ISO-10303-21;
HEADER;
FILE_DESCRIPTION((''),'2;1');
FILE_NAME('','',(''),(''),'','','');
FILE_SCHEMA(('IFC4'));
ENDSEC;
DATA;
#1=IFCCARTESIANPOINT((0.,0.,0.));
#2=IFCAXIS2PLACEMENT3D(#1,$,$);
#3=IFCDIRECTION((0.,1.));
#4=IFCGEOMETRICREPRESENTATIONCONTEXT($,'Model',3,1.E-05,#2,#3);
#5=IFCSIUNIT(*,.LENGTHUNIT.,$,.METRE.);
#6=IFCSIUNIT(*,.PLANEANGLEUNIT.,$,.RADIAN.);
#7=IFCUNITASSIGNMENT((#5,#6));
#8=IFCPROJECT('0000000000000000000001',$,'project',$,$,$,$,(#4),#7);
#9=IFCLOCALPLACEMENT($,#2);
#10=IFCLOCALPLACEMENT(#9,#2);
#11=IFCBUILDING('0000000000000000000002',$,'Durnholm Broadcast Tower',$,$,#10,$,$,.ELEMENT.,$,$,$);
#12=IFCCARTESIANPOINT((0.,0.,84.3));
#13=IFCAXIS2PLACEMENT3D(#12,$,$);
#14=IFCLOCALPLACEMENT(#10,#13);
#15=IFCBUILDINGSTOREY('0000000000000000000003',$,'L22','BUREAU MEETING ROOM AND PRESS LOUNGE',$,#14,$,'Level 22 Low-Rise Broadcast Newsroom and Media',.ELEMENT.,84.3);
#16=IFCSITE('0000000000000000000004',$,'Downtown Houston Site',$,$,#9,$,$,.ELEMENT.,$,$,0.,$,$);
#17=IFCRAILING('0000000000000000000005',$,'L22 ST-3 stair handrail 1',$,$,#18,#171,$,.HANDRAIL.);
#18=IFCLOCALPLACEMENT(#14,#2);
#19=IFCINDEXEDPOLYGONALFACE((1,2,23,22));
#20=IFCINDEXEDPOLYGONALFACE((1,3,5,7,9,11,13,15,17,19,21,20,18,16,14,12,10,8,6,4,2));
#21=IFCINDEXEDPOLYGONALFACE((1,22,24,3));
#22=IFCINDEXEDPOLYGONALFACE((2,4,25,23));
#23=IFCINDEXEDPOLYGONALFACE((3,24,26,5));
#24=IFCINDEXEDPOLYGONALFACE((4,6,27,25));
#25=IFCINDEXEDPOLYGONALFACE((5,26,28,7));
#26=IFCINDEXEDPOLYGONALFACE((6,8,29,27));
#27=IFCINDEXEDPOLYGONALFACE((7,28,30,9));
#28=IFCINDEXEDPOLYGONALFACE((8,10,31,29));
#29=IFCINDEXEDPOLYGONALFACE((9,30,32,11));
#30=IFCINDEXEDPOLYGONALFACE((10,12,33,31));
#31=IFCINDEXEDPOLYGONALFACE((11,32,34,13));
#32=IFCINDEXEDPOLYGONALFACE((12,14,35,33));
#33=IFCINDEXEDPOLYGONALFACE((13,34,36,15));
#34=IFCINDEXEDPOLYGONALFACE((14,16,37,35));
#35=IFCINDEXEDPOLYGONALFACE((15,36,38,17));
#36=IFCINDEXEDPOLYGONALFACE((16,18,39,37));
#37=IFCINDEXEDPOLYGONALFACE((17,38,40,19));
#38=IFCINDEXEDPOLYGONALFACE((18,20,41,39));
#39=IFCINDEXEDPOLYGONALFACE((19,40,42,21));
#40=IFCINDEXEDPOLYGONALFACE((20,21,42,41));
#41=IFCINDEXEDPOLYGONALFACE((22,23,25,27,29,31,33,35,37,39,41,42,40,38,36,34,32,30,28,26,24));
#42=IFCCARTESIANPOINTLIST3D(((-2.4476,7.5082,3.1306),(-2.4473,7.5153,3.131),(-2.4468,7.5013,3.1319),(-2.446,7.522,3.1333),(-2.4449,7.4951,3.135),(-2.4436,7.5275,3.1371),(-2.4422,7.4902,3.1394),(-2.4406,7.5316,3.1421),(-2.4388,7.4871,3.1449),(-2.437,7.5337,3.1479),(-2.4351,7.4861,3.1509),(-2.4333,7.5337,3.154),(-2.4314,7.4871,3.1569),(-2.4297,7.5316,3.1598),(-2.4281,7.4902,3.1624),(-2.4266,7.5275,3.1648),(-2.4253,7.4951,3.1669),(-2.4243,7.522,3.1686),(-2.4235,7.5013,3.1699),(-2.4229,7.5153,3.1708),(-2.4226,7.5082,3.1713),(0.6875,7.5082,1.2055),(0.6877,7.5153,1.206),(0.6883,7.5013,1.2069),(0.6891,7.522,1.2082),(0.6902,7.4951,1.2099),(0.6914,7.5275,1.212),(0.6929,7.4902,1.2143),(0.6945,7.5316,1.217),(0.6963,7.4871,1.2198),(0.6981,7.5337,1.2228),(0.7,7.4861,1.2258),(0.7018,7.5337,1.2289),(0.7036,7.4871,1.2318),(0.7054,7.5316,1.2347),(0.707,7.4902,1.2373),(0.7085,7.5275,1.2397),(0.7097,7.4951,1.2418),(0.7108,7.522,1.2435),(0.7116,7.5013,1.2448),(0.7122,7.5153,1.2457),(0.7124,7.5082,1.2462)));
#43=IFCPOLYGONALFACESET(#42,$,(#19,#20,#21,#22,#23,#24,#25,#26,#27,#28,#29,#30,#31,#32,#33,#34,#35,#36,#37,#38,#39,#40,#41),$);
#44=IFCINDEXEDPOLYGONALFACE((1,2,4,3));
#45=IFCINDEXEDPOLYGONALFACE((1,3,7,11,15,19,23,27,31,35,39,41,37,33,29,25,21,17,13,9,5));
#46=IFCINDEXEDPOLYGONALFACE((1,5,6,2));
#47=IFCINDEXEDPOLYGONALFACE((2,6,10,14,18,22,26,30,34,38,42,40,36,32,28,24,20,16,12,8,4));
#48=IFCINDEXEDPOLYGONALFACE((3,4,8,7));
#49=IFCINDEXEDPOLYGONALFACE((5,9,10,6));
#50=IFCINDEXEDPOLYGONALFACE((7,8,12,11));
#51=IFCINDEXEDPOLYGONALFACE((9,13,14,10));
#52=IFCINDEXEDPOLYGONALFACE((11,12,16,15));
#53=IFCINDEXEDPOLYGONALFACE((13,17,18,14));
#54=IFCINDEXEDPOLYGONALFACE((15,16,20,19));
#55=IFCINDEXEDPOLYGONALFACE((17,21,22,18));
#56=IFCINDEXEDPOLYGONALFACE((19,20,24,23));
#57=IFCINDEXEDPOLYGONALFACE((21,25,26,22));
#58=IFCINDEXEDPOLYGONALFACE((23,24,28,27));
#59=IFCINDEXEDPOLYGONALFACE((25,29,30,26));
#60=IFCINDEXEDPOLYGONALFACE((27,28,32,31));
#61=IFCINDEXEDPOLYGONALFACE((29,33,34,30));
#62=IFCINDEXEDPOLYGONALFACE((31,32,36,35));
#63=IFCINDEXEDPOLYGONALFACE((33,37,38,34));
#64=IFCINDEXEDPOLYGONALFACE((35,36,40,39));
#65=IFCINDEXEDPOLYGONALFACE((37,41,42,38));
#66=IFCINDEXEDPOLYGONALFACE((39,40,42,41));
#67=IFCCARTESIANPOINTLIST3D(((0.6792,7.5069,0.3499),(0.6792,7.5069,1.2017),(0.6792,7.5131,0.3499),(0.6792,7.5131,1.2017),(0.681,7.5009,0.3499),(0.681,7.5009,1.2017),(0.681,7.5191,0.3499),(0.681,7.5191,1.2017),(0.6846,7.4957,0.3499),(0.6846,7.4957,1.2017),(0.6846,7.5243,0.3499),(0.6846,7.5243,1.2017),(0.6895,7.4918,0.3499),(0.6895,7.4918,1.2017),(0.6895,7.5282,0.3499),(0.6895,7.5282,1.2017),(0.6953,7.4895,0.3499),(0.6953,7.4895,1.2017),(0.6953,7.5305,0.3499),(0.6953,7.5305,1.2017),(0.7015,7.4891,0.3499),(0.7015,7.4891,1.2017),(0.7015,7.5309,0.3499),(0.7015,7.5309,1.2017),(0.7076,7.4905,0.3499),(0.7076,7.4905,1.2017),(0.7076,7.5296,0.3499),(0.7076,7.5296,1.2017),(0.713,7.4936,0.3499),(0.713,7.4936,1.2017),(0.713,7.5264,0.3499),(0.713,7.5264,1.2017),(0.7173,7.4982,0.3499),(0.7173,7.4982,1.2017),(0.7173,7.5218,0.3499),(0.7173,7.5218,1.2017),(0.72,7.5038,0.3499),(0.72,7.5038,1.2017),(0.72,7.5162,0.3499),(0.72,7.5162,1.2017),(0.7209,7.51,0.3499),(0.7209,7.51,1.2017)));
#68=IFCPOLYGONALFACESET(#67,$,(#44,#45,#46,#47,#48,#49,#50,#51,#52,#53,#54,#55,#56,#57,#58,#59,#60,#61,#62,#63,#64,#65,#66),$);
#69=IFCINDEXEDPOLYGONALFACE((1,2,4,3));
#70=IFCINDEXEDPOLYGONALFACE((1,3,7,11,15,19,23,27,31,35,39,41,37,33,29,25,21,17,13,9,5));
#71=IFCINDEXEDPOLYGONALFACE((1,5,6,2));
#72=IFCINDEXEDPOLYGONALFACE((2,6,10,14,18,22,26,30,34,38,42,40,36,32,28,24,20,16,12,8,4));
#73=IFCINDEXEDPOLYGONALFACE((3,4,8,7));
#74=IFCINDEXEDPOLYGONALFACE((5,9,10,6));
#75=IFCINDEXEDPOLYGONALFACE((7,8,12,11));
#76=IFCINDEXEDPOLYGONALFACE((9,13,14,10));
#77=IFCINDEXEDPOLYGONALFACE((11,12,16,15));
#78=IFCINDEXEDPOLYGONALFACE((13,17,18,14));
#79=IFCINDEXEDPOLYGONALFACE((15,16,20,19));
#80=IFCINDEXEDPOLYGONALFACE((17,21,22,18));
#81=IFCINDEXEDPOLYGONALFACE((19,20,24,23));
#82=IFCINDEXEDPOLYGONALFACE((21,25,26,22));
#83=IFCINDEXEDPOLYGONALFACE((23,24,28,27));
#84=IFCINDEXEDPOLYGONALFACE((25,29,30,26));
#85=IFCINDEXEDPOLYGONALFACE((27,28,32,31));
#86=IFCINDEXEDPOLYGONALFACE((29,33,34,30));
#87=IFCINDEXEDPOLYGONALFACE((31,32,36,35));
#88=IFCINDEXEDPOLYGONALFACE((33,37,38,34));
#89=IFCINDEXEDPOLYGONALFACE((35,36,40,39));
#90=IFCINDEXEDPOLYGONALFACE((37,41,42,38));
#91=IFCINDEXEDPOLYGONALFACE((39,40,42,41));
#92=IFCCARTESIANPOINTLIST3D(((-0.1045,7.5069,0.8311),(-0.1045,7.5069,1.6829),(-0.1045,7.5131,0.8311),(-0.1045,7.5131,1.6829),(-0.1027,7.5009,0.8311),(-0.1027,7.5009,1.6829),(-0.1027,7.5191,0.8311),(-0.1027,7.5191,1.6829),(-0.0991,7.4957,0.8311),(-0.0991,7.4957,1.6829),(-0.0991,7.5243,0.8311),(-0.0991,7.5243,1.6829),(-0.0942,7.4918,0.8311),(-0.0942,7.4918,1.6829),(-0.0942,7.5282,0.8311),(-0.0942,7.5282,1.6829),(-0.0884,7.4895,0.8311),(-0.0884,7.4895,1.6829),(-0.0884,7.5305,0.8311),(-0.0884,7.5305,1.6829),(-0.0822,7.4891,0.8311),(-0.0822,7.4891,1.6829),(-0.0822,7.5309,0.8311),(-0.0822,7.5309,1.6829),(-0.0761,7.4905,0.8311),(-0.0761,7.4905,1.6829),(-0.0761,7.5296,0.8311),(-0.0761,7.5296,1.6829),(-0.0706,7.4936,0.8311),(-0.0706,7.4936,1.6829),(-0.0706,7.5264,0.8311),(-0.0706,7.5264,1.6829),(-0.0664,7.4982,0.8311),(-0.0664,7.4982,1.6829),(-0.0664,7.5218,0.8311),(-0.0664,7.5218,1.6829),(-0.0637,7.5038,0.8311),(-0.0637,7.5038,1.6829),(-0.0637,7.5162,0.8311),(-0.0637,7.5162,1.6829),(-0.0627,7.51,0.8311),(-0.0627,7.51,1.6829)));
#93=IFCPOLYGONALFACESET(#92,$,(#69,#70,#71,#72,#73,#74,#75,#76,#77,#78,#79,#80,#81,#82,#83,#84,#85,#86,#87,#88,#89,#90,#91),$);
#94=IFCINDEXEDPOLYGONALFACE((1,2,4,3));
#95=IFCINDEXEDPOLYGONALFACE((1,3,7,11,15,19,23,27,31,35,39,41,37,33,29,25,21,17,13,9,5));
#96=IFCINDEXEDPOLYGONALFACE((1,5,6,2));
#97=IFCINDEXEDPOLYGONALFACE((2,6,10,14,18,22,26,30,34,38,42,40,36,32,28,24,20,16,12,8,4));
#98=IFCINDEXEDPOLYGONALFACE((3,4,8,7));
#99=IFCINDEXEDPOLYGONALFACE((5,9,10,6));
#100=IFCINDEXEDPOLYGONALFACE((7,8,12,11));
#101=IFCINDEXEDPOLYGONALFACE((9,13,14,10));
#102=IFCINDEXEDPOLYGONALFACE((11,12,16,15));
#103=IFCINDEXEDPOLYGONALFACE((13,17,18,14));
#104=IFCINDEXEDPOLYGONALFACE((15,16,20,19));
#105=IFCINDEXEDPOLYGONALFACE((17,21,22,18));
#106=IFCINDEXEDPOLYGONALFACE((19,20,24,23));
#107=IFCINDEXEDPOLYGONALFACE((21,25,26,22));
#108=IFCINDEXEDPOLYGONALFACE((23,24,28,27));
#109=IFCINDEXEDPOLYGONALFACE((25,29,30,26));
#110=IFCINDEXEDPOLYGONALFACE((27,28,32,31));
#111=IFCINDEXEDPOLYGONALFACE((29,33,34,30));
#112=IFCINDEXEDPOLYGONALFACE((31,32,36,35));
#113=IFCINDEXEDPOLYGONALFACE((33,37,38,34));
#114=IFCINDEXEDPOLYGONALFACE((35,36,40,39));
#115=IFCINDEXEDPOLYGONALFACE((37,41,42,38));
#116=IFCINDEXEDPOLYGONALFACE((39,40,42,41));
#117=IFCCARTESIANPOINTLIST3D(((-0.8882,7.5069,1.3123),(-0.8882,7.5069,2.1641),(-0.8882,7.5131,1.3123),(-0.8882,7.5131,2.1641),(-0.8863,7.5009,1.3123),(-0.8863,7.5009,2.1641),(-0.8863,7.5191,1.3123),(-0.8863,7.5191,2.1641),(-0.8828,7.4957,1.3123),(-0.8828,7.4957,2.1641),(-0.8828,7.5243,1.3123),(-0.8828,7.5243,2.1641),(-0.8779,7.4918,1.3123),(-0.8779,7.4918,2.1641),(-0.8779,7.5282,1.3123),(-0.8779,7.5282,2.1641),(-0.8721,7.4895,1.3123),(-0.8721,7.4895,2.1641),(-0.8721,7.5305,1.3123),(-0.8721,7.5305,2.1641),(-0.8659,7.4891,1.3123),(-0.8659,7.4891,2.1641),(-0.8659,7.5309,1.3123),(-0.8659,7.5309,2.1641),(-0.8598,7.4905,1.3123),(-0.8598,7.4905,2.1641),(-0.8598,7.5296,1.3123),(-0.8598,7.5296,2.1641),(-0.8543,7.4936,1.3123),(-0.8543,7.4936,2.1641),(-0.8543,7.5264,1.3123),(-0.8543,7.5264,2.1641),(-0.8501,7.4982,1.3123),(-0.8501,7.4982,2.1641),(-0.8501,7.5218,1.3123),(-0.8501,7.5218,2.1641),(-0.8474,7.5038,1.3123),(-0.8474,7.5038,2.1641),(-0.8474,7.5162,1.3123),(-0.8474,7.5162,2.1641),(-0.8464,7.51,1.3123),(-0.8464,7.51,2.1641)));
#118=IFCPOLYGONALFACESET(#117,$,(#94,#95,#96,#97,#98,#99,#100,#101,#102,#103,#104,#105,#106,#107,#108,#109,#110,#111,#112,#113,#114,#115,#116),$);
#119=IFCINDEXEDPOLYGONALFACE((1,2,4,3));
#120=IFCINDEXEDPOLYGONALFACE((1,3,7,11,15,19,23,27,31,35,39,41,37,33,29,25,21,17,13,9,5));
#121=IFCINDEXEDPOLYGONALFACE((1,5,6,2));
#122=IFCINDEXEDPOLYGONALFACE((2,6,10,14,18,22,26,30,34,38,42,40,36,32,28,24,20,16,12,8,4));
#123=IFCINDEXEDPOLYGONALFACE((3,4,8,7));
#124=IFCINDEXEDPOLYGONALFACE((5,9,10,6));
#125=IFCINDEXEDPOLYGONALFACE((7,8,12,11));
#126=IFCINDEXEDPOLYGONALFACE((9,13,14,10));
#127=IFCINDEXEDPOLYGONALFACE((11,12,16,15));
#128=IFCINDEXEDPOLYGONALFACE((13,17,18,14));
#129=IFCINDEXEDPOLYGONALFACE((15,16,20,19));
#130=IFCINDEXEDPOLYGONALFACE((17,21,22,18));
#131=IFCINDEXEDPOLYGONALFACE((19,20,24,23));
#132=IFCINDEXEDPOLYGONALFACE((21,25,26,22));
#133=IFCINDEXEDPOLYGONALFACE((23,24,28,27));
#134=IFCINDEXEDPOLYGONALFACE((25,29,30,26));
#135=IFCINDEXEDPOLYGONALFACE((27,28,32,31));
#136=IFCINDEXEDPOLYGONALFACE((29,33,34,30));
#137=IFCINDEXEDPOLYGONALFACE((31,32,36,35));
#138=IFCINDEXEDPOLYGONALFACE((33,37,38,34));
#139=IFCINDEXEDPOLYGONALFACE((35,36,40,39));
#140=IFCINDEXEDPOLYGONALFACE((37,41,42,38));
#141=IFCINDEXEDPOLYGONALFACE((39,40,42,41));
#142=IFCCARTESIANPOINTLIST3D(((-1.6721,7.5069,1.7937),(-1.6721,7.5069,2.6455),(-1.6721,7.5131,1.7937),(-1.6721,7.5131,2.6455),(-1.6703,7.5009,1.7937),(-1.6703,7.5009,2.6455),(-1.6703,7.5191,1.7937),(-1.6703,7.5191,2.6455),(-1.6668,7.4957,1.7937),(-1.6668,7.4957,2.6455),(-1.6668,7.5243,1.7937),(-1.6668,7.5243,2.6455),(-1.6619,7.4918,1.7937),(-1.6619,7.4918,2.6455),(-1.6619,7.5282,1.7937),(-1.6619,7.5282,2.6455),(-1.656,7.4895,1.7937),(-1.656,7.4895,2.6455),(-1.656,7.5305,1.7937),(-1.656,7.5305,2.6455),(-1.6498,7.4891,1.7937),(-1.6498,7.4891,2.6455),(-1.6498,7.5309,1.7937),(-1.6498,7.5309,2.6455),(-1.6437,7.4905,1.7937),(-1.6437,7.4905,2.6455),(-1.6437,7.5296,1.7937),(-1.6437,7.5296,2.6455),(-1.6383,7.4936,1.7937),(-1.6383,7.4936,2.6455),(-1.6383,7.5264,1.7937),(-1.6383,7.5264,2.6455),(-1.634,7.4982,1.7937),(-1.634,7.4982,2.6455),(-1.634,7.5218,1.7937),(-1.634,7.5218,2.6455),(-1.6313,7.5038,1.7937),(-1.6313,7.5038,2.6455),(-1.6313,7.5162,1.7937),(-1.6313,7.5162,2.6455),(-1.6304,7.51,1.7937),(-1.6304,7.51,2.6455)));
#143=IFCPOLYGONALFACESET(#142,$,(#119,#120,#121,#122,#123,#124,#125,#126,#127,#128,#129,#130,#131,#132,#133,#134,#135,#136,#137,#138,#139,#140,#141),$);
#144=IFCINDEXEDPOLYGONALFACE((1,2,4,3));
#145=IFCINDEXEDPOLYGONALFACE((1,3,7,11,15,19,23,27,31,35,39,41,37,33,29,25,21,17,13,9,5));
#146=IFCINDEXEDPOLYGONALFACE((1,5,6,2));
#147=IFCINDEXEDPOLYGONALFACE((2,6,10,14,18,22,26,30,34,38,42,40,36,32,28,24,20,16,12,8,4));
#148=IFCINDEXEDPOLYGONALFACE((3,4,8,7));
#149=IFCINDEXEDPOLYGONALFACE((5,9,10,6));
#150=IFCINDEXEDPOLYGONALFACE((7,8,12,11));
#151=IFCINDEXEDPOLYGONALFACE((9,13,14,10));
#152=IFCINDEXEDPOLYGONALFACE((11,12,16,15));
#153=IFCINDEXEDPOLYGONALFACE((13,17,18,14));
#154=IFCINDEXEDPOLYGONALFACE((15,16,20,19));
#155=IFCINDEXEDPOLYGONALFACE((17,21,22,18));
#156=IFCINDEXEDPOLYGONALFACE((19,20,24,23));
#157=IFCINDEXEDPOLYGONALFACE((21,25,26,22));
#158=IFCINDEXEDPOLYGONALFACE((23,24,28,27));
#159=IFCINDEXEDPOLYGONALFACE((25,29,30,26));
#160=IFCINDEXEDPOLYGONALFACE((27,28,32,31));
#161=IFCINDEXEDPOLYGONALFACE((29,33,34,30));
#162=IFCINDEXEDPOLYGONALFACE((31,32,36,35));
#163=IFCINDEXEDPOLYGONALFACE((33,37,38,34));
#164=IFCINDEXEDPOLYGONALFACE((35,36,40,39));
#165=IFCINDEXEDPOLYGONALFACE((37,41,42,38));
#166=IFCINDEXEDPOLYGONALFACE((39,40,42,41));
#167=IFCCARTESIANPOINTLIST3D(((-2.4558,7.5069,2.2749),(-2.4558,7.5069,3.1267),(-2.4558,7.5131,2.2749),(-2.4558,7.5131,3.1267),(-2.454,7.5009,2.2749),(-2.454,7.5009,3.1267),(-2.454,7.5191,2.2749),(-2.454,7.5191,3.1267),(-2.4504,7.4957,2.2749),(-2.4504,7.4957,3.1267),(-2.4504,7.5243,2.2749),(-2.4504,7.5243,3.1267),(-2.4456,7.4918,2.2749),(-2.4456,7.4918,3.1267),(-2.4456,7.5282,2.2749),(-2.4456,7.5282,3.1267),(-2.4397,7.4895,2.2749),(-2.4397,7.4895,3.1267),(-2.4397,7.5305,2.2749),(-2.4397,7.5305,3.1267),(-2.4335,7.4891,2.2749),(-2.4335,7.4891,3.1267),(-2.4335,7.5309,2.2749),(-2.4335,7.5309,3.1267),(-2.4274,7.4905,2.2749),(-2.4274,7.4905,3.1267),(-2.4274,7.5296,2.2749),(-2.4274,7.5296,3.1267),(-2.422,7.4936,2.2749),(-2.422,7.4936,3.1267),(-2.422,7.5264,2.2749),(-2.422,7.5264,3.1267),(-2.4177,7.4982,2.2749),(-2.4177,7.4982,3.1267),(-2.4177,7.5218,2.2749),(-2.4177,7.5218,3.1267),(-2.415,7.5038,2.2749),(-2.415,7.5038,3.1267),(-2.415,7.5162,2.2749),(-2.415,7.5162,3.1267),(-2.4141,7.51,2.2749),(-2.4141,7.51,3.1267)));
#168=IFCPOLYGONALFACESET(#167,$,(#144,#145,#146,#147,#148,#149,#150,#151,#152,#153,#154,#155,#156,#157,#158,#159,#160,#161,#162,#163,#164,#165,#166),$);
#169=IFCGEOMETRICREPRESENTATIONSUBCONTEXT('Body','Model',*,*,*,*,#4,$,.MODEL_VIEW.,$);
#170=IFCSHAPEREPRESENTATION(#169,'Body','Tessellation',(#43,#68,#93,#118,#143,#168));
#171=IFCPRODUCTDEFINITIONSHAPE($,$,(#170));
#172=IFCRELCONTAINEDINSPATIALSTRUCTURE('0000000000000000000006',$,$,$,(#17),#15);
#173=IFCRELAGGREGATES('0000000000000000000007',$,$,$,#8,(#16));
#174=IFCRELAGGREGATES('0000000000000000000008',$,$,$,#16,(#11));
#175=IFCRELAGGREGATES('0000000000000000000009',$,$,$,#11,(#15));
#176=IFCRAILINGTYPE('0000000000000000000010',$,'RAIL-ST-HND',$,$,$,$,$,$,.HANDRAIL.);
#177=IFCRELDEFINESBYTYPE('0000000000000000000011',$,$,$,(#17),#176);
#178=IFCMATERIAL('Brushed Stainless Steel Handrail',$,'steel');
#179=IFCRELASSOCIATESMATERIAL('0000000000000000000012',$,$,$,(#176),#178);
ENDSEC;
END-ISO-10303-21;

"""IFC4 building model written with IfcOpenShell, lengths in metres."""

from ifc_helpers import new_model, si_unit, direction, frame, origin, origin_2d, place, context, subcontext, project, spatial, circle, extrude, material, type_object, element, save


model = new_model("IFC4")

# Units and contexts
model_context = context("Model", 3, precision=1e-05, world=origin(), true_north=direction((0.0, 1.0)))
body_context = subcontext(model_context, "Body", "Model", "MODEL_VIEW")
ifc_project = project(units=[si_unit("LENGTHUNIT", "METRE"), si_unit("PLANEANGLEUNIT", "RADIAN")], contexts=[model_context])

# Site, building, storey
site_placement = place(None, origin())
site = spatial("IfcSite", under=ifc_project, at=site_placement, Name="Downtown Houston Site", CompositionType="ELEMENT", RefElevation=0.0)
building_placement = place(site_placement, origin())
building = spatial("IfcBuilding", under=site, at=building_placement, Name="Durnholm Broadcast Tower", CompositionType="ELEMENT")
storey_placement = place(building_placement, frame((0.0, 0.0, 84.3)))
storey = spatial("IfcBuildingStorey", under=building, at=storey_placement, Name="L22", Description="BUREAU MEETING ROOM AND PRESS LOUNGE", LongName="Level 22 Low-Rise Broadcast Newsroom and Media", CompositionType="ELEMENT", Elevation=84.3)

# Railing
ifc_material_1 = material(Name="Brushed Stainless Steel Handrail", Category="steel")
railing_type_1 = type_object("IfcRailingType", Name="RAIL-ST-HND", PredefinedType="HANDRAIL", material=ifc_material_1)
railing_1_placement = place(storey_placement, frame((0.7, 7.51, 0.3499)))
element("IfcRailing", 1, at=railing_1_placement, inside=storey, type_object=railing_type_1, Name="L22 ST-3 stair handrail 1", PredefinedType="HANDRAIL", context=body_context, shape_type="SweptSolid", body=[
    extrude(circle(Radius=0.0239, at=origin_2d()), frame((0.0, 0.0, 0.876), z_axis=(-0.852166, 0.0, 0.523271), x_axis=(0.0, -1.0, 0.0)), (0.0, 0.0, 1.0), 3.679),
    extrude(circle(Radius=0.021, at=origin_2d()), origin(), (0.0, 0.0, 1.0), 0.8518),
    extrude(circle(Radius=0.021, at=origin_2d()), frame((-0.7837, 0.0, 0.4812)), (0.0, 0.0, 1.0), 0.8518),
    extrude(circle(Radius=0.021, at=origin_2d()), frame((-1.5674, 0.0, 0.9624)), (0.0, 0.0, 1.0), 0.8518),
    extrude(circle(Radius=0.021, at=origin_2d()), frame((-2.3513, 0.0, 1.4438)), (0.0, 0.0, 1.0), 0.8518),
    extrude(circle(Radius=0.021, at=origin_2d()), frame((-3.135, 0.0, 1.925)), (0.0, 0.0, 1.0), 0.8518),
])

save(model, "model.ifc")
